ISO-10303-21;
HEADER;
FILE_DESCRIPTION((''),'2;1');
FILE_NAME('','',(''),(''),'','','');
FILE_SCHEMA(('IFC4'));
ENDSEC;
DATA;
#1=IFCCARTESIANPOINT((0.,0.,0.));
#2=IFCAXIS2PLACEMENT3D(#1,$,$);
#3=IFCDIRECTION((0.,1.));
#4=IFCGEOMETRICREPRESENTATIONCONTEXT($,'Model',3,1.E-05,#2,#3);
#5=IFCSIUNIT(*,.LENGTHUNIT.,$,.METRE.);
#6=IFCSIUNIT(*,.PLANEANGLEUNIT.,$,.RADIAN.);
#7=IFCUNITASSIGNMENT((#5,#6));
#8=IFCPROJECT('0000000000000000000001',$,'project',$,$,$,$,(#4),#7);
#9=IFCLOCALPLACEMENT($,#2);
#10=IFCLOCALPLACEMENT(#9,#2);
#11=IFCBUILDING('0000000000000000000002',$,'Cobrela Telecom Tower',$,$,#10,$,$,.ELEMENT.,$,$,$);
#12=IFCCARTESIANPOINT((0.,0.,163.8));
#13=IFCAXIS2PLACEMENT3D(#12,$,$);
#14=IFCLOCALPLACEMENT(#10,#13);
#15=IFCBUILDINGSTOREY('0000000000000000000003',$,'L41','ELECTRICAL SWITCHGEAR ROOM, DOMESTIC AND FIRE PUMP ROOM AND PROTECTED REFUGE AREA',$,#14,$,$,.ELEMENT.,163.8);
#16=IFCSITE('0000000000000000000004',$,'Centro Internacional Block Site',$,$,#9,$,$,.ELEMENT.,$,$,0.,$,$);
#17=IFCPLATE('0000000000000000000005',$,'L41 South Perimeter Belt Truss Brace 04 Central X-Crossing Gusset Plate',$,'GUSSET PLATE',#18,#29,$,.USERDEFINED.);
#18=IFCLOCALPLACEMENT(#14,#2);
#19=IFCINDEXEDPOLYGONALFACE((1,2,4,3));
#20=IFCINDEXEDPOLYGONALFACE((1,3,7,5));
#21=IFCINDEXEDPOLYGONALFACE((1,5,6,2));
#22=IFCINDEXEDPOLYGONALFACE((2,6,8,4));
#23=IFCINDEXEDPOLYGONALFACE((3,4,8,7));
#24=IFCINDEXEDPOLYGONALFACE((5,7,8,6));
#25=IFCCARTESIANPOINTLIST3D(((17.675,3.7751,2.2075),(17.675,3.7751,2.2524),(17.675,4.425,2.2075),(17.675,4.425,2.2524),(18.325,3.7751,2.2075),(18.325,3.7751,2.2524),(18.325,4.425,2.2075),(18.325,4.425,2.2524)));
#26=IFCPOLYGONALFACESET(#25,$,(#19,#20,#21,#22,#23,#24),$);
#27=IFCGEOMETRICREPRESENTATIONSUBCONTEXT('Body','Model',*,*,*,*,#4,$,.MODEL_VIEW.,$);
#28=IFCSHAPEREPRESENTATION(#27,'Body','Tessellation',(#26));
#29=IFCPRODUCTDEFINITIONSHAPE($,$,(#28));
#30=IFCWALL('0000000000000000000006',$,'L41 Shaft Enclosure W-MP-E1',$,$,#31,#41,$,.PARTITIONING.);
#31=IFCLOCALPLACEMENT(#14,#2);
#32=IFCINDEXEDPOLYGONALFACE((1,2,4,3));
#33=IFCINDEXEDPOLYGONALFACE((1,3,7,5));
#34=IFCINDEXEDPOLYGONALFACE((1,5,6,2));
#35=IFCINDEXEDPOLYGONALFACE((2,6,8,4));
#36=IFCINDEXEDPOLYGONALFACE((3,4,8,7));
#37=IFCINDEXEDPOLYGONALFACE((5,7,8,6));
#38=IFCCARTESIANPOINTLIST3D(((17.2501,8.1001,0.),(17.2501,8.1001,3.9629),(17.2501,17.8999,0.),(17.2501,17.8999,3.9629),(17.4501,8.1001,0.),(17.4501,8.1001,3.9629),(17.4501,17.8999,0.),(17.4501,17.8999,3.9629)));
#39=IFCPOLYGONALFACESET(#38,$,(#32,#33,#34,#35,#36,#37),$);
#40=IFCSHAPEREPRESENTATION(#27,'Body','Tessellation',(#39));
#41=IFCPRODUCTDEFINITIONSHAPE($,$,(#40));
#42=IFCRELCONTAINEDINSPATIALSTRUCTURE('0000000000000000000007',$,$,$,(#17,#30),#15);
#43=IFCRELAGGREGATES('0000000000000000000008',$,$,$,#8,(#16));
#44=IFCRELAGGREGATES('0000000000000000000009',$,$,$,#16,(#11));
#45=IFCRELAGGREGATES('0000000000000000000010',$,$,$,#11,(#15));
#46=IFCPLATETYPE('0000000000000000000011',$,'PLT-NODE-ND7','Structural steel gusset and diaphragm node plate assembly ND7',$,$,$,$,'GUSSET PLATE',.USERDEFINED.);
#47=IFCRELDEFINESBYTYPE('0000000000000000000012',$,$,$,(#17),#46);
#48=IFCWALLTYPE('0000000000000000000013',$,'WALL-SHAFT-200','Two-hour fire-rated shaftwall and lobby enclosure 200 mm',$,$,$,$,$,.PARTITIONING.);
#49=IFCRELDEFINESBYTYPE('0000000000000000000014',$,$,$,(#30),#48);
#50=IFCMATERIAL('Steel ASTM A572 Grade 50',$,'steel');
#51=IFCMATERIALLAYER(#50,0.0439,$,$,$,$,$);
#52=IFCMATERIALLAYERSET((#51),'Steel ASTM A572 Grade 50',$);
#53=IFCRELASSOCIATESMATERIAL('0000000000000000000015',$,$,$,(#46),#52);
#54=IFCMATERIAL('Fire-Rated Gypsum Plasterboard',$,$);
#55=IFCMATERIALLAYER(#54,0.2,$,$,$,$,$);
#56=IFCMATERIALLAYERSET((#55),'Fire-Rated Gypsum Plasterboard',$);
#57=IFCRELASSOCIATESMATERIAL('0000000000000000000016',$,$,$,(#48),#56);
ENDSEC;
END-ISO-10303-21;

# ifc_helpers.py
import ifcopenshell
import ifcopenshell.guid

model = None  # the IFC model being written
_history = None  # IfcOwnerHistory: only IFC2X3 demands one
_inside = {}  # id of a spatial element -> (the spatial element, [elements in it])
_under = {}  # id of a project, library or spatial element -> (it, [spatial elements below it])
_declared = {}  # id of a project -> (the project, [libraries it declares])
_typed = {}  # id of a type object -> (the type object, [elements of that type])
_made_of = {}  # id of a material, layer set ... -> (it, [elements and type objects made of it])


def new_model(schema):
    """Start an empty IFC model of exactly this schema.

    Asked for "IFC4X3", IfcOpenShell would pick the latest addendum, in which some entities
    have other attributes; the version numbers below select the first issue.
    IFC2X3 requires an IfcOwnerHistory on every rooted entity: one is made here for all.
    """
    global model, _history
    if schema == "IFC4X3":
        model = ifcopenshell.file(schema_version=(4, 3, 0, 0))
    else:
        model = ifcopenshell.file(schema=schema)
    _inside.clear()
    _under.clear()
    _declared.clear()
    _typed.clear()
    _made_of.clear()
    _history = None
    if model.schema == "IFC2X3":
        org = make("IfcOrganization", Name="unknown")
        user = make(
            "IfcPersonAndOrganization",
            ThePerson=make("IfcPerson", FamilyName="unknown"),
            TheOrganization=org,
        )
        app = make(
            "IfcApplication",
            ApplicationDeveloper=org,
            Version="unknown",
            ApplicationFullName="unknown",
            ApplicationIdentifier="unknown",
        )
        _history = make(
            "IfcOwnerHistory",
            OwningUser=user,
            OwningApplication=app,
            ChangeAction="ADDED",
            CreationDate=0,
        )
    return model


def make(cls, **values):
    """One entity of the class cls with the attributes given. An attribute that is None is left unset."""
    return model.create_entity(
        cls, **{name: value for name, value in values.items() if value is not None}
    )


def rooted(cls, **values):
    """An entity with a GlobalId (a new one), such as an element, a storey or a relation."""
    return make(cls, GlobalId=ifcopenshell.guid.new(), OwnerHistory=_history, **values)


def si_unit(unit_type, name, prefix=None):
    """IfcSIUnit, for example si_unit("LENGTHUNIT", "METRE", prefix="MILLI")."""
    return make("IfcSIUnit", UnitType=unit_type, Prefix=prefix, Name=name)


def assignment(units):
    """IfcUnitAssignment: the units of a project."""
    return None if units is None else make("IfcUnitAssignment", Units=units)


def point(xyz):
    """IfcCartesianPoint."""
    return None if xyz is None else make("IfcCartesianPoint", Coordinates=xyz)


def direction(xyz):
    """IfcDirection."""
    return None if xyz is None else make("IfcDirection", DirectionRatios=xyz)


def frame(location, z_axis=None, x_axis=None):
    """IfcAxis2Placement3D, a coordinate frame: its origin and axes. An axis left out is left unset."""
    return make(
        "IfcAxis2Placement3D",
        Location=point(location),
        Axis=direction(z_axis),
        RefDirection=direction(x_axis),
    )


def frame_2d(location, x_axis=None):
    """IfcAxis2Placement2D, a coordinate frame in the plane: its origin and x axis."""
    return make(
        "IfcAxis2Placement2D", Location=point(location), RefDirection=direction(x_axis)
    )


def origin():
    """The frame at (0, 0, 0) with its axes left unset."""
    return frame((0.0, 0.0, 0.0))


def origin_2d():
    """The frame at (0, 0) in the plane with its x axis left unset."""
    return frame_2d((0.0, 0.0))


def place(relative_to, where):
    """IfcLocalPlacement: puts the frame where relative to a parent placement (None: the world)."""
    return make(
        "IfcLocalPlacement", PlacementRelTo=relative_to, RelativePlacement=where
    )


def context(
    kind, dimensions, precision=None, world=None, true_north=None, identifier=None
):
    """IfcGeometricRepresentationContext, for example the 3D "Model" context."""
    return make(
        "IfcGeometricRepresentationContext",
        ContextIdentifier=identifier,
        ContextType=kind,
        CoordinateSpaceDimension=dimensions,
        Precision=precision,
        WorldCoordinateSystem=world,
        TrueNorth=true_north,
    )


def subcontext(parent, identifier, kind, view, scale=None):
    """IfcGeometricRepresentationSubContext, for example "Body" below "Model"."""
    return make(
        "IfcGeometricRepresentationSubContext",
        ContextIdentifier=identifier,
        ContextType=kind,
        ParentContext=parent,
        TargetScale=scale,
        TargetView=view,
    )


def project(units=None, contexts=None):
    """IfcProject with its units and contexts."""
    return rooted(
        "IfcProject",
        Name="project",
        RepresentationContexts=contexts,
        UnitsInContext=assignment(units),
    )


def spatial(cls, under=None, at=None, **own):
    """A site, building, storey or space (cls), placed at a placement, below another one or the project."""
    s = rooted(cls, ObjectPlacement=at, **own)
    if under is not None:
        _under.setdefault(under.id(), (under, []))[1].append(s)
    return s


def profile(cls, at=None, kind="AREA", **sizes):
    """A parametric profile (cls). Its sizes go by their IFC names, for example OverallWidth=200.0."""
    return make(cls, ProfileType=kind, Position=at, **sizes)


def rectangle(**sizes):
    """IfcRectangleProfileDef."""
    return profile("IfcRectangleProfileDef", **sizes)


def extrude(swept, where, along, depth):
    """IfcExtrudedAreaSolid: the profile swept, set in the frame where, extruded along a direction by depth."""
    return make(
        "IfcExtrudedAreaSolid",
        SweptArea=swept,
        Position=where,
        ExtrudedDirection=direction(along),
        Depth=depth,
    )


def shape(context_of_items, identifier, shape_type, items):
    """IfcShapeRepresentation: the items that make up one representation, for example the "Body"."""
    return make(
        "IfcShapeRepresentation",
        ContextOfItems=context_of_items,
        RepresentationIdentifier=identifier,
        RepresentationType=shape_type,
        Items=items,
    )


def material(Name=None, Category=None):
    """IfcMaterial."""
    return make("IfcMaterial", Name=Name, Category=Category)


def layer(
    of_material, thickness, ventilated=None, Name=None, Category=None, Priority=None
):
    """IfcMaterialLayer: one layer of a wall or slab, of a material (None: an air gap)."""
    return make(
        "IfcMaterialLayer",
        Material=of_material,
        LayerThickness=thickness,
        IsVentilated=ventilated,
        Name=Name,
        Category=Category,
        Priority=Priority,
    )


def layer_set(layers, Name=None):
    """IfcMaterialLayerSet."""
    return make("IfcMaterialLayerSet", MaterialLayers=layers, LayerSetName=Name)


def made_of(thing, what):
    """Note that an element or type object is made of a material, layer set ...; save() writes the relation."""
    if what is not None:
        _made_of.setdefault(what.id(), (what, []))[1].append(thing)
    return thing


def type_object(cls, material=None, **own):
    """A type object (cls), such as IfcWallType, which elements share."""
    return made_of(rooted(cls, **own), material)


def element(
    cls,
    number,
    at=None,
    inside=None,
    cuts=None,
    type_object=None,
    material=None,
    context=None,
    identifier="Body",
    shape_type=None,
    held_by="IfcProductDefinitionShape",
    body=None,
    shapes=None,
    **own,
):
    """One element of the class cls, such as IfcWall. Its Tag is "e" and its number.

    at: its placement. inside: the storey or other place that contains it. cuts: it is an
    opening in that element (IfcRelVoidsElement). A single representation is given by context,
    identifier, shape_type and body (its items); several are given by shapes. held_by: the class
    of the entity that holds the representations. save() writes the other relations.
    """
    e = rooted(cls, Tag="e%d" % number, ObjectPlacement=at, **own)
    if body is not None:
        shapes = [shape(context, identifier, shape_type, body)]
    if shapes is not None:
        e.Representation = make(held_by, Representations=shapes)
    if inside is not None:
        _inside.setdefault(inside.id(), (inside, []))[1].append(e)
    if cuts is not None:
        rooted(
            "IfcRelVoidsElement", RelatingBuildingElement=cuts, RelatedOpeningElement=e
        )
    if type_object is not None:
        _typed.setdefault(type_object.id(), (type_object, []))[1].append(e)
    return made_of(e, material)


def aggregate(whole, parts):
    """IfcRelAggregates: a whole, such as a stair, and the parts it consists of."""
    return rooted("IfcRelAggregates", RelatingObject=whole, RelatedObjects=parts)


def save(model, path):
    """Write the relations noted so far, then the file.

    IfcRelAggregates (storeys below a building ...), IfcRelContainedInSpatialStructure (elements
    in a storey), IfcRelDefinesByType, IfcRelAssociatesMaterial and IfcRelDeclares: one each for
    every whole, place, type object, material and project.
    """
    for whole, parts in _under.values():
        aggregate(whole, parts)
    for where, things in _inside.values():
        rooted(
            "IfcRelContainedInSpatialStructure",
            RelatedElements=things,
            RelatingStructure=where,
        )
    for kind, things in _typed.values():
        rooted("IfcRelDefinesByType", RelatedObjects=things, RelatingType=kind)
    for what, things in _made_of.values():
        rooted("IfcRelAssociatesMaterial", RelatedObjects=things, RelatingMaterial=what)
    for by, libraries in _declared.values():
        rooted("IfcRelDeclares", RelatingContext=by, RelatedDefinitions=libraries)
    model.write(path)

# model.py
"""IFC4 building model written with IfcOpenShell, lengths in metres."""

from ifc_helpers import new_model, si_unit, direction, frame, frame_2d, origin, origin_2d, place, context, subcontext, project, spatial, rectangle, extrude, material, layer, layer_set, type_object, element, save


model = new_model("IFC4")

# Units and contexts
model_context = context("Model", 3, precision=1e-05, world=origin(), true_north=direction((0.0, 1.0)))
body_context = subcontext(model_context, "Body", "Model", "MODEL_VIEW")
ifc_project = project(units=[si_unit("LENGTHUNIT", "METRE"), si_unit("PLANEANGLEUNIT", "RADIAN")], contexts=[model_context])

# Site, building, storey
site_placement = place(None, origin())
site = spatial("IfcSite", under=ifc_project, at=site_placement, Name="Centro Internacional Block Site", CompositionType="ELEMENT", RefElevation=0.0)
building_placement = place(site_placement, origin())
building = spatial("IfcBuilding", under=site, at=building_placement, Name="Cobrela Telecom Tower", CompositionType="ELEMENT")
storey_placement = place(building_placement, frame((0.0, 0.0, 163.8)))
storey = spatial("IfcBuildingStorey", under=building, at=storey_placement, Name="L41", Description="ELECTRICAL SWITCHGEAR ROOM, DOMESTIC AND FIRE PUMP ROOM AND PROTECTED REFUGE AREA", CompositionType="ELEMENT", Elevation=163.8)

# Shared definitions
ifc_material_1 = material(Name="Steel ASTM A572 Grade 50", Category="steel")

# Plate
ifc_layer_1 = layer(ifc_material_1, 0.0439)
ifc_layer_set_1 = layer_set([ifc_layer_1], Name="Steel ASTM A572 Grade 50")
plate_type = type_object("IfcPlateType", Name="PLT-NODE-ND7", Description="Structural steel gusset and diaphragm node plate assembly ND7", ElementType="GUSSET PLATE", PredefinedType="USERDEFINED", material=ifc_layer_set_1)
plate_placement = place(storey_placement, frame((18.0, 4.1001, 2.2075), z_axis=(0.0, 0.0, 1.0), x_axis=(1.0, 0.0, 0.0)))
element("IfcPlate", 1, at=plate_placement, inside=storey, type_object=plate_type, Name="L41 South Perimeter Belt Truss Brace 04 Central X-Crossing Gusset Plate", ObjectType="GUSSET PLATE", PredefinedType="USERDEFINED", context=body_context, shape_type="SweptSolid", body=[
    extrude(rectangle(XDim=0.6499, YDim=0.6499, at=origin_2d()), origin(), (0.0, 0.0, 1.0), 0.0449),
])

# Shared definitions
ifc_material_2 = material(Name="Fire-Rated Gypsum Plasterboard")
ifc_layer_2 = layer(ifc_material_2, 0.2)
ifc_layer_set_2 = layer_set([ifc_layer_2], Name="Fire-Rated Gypsum Plasterboard")
wall_type = type_object("IfcWallType", Name="WALL-SHAFT-200", Description="Two-hour fire-rated shaftwall and lobby enclosure 200 mm", PredefinedType="PARTITIONING", material=ifc_layer_set_2)

# Wall
wall_1_placement = place(storey_placement, frame((17.3501, 8.1001, 0.0), z_axis=(0.0, 0.0, 1.0), x_axis=(0.0, 1.0, 0.0)))
element("IfcWall", 2, at=wall_1_placement, inside=storey, type_object=wall_type, Name="L41 Shaft Enclosure W-MP-E1", PredefinedType="PARTITIONING", context=body_context, shape_type="SweptSolid", body=[
    extrude(rectangle(XDim=9.7998, YDim=0.2, at=frame_2d((4.8999, 0.0))), origin(), (0.0, 0.0, 1.0), 3.9629),
])

save(model, "model.ifc")
